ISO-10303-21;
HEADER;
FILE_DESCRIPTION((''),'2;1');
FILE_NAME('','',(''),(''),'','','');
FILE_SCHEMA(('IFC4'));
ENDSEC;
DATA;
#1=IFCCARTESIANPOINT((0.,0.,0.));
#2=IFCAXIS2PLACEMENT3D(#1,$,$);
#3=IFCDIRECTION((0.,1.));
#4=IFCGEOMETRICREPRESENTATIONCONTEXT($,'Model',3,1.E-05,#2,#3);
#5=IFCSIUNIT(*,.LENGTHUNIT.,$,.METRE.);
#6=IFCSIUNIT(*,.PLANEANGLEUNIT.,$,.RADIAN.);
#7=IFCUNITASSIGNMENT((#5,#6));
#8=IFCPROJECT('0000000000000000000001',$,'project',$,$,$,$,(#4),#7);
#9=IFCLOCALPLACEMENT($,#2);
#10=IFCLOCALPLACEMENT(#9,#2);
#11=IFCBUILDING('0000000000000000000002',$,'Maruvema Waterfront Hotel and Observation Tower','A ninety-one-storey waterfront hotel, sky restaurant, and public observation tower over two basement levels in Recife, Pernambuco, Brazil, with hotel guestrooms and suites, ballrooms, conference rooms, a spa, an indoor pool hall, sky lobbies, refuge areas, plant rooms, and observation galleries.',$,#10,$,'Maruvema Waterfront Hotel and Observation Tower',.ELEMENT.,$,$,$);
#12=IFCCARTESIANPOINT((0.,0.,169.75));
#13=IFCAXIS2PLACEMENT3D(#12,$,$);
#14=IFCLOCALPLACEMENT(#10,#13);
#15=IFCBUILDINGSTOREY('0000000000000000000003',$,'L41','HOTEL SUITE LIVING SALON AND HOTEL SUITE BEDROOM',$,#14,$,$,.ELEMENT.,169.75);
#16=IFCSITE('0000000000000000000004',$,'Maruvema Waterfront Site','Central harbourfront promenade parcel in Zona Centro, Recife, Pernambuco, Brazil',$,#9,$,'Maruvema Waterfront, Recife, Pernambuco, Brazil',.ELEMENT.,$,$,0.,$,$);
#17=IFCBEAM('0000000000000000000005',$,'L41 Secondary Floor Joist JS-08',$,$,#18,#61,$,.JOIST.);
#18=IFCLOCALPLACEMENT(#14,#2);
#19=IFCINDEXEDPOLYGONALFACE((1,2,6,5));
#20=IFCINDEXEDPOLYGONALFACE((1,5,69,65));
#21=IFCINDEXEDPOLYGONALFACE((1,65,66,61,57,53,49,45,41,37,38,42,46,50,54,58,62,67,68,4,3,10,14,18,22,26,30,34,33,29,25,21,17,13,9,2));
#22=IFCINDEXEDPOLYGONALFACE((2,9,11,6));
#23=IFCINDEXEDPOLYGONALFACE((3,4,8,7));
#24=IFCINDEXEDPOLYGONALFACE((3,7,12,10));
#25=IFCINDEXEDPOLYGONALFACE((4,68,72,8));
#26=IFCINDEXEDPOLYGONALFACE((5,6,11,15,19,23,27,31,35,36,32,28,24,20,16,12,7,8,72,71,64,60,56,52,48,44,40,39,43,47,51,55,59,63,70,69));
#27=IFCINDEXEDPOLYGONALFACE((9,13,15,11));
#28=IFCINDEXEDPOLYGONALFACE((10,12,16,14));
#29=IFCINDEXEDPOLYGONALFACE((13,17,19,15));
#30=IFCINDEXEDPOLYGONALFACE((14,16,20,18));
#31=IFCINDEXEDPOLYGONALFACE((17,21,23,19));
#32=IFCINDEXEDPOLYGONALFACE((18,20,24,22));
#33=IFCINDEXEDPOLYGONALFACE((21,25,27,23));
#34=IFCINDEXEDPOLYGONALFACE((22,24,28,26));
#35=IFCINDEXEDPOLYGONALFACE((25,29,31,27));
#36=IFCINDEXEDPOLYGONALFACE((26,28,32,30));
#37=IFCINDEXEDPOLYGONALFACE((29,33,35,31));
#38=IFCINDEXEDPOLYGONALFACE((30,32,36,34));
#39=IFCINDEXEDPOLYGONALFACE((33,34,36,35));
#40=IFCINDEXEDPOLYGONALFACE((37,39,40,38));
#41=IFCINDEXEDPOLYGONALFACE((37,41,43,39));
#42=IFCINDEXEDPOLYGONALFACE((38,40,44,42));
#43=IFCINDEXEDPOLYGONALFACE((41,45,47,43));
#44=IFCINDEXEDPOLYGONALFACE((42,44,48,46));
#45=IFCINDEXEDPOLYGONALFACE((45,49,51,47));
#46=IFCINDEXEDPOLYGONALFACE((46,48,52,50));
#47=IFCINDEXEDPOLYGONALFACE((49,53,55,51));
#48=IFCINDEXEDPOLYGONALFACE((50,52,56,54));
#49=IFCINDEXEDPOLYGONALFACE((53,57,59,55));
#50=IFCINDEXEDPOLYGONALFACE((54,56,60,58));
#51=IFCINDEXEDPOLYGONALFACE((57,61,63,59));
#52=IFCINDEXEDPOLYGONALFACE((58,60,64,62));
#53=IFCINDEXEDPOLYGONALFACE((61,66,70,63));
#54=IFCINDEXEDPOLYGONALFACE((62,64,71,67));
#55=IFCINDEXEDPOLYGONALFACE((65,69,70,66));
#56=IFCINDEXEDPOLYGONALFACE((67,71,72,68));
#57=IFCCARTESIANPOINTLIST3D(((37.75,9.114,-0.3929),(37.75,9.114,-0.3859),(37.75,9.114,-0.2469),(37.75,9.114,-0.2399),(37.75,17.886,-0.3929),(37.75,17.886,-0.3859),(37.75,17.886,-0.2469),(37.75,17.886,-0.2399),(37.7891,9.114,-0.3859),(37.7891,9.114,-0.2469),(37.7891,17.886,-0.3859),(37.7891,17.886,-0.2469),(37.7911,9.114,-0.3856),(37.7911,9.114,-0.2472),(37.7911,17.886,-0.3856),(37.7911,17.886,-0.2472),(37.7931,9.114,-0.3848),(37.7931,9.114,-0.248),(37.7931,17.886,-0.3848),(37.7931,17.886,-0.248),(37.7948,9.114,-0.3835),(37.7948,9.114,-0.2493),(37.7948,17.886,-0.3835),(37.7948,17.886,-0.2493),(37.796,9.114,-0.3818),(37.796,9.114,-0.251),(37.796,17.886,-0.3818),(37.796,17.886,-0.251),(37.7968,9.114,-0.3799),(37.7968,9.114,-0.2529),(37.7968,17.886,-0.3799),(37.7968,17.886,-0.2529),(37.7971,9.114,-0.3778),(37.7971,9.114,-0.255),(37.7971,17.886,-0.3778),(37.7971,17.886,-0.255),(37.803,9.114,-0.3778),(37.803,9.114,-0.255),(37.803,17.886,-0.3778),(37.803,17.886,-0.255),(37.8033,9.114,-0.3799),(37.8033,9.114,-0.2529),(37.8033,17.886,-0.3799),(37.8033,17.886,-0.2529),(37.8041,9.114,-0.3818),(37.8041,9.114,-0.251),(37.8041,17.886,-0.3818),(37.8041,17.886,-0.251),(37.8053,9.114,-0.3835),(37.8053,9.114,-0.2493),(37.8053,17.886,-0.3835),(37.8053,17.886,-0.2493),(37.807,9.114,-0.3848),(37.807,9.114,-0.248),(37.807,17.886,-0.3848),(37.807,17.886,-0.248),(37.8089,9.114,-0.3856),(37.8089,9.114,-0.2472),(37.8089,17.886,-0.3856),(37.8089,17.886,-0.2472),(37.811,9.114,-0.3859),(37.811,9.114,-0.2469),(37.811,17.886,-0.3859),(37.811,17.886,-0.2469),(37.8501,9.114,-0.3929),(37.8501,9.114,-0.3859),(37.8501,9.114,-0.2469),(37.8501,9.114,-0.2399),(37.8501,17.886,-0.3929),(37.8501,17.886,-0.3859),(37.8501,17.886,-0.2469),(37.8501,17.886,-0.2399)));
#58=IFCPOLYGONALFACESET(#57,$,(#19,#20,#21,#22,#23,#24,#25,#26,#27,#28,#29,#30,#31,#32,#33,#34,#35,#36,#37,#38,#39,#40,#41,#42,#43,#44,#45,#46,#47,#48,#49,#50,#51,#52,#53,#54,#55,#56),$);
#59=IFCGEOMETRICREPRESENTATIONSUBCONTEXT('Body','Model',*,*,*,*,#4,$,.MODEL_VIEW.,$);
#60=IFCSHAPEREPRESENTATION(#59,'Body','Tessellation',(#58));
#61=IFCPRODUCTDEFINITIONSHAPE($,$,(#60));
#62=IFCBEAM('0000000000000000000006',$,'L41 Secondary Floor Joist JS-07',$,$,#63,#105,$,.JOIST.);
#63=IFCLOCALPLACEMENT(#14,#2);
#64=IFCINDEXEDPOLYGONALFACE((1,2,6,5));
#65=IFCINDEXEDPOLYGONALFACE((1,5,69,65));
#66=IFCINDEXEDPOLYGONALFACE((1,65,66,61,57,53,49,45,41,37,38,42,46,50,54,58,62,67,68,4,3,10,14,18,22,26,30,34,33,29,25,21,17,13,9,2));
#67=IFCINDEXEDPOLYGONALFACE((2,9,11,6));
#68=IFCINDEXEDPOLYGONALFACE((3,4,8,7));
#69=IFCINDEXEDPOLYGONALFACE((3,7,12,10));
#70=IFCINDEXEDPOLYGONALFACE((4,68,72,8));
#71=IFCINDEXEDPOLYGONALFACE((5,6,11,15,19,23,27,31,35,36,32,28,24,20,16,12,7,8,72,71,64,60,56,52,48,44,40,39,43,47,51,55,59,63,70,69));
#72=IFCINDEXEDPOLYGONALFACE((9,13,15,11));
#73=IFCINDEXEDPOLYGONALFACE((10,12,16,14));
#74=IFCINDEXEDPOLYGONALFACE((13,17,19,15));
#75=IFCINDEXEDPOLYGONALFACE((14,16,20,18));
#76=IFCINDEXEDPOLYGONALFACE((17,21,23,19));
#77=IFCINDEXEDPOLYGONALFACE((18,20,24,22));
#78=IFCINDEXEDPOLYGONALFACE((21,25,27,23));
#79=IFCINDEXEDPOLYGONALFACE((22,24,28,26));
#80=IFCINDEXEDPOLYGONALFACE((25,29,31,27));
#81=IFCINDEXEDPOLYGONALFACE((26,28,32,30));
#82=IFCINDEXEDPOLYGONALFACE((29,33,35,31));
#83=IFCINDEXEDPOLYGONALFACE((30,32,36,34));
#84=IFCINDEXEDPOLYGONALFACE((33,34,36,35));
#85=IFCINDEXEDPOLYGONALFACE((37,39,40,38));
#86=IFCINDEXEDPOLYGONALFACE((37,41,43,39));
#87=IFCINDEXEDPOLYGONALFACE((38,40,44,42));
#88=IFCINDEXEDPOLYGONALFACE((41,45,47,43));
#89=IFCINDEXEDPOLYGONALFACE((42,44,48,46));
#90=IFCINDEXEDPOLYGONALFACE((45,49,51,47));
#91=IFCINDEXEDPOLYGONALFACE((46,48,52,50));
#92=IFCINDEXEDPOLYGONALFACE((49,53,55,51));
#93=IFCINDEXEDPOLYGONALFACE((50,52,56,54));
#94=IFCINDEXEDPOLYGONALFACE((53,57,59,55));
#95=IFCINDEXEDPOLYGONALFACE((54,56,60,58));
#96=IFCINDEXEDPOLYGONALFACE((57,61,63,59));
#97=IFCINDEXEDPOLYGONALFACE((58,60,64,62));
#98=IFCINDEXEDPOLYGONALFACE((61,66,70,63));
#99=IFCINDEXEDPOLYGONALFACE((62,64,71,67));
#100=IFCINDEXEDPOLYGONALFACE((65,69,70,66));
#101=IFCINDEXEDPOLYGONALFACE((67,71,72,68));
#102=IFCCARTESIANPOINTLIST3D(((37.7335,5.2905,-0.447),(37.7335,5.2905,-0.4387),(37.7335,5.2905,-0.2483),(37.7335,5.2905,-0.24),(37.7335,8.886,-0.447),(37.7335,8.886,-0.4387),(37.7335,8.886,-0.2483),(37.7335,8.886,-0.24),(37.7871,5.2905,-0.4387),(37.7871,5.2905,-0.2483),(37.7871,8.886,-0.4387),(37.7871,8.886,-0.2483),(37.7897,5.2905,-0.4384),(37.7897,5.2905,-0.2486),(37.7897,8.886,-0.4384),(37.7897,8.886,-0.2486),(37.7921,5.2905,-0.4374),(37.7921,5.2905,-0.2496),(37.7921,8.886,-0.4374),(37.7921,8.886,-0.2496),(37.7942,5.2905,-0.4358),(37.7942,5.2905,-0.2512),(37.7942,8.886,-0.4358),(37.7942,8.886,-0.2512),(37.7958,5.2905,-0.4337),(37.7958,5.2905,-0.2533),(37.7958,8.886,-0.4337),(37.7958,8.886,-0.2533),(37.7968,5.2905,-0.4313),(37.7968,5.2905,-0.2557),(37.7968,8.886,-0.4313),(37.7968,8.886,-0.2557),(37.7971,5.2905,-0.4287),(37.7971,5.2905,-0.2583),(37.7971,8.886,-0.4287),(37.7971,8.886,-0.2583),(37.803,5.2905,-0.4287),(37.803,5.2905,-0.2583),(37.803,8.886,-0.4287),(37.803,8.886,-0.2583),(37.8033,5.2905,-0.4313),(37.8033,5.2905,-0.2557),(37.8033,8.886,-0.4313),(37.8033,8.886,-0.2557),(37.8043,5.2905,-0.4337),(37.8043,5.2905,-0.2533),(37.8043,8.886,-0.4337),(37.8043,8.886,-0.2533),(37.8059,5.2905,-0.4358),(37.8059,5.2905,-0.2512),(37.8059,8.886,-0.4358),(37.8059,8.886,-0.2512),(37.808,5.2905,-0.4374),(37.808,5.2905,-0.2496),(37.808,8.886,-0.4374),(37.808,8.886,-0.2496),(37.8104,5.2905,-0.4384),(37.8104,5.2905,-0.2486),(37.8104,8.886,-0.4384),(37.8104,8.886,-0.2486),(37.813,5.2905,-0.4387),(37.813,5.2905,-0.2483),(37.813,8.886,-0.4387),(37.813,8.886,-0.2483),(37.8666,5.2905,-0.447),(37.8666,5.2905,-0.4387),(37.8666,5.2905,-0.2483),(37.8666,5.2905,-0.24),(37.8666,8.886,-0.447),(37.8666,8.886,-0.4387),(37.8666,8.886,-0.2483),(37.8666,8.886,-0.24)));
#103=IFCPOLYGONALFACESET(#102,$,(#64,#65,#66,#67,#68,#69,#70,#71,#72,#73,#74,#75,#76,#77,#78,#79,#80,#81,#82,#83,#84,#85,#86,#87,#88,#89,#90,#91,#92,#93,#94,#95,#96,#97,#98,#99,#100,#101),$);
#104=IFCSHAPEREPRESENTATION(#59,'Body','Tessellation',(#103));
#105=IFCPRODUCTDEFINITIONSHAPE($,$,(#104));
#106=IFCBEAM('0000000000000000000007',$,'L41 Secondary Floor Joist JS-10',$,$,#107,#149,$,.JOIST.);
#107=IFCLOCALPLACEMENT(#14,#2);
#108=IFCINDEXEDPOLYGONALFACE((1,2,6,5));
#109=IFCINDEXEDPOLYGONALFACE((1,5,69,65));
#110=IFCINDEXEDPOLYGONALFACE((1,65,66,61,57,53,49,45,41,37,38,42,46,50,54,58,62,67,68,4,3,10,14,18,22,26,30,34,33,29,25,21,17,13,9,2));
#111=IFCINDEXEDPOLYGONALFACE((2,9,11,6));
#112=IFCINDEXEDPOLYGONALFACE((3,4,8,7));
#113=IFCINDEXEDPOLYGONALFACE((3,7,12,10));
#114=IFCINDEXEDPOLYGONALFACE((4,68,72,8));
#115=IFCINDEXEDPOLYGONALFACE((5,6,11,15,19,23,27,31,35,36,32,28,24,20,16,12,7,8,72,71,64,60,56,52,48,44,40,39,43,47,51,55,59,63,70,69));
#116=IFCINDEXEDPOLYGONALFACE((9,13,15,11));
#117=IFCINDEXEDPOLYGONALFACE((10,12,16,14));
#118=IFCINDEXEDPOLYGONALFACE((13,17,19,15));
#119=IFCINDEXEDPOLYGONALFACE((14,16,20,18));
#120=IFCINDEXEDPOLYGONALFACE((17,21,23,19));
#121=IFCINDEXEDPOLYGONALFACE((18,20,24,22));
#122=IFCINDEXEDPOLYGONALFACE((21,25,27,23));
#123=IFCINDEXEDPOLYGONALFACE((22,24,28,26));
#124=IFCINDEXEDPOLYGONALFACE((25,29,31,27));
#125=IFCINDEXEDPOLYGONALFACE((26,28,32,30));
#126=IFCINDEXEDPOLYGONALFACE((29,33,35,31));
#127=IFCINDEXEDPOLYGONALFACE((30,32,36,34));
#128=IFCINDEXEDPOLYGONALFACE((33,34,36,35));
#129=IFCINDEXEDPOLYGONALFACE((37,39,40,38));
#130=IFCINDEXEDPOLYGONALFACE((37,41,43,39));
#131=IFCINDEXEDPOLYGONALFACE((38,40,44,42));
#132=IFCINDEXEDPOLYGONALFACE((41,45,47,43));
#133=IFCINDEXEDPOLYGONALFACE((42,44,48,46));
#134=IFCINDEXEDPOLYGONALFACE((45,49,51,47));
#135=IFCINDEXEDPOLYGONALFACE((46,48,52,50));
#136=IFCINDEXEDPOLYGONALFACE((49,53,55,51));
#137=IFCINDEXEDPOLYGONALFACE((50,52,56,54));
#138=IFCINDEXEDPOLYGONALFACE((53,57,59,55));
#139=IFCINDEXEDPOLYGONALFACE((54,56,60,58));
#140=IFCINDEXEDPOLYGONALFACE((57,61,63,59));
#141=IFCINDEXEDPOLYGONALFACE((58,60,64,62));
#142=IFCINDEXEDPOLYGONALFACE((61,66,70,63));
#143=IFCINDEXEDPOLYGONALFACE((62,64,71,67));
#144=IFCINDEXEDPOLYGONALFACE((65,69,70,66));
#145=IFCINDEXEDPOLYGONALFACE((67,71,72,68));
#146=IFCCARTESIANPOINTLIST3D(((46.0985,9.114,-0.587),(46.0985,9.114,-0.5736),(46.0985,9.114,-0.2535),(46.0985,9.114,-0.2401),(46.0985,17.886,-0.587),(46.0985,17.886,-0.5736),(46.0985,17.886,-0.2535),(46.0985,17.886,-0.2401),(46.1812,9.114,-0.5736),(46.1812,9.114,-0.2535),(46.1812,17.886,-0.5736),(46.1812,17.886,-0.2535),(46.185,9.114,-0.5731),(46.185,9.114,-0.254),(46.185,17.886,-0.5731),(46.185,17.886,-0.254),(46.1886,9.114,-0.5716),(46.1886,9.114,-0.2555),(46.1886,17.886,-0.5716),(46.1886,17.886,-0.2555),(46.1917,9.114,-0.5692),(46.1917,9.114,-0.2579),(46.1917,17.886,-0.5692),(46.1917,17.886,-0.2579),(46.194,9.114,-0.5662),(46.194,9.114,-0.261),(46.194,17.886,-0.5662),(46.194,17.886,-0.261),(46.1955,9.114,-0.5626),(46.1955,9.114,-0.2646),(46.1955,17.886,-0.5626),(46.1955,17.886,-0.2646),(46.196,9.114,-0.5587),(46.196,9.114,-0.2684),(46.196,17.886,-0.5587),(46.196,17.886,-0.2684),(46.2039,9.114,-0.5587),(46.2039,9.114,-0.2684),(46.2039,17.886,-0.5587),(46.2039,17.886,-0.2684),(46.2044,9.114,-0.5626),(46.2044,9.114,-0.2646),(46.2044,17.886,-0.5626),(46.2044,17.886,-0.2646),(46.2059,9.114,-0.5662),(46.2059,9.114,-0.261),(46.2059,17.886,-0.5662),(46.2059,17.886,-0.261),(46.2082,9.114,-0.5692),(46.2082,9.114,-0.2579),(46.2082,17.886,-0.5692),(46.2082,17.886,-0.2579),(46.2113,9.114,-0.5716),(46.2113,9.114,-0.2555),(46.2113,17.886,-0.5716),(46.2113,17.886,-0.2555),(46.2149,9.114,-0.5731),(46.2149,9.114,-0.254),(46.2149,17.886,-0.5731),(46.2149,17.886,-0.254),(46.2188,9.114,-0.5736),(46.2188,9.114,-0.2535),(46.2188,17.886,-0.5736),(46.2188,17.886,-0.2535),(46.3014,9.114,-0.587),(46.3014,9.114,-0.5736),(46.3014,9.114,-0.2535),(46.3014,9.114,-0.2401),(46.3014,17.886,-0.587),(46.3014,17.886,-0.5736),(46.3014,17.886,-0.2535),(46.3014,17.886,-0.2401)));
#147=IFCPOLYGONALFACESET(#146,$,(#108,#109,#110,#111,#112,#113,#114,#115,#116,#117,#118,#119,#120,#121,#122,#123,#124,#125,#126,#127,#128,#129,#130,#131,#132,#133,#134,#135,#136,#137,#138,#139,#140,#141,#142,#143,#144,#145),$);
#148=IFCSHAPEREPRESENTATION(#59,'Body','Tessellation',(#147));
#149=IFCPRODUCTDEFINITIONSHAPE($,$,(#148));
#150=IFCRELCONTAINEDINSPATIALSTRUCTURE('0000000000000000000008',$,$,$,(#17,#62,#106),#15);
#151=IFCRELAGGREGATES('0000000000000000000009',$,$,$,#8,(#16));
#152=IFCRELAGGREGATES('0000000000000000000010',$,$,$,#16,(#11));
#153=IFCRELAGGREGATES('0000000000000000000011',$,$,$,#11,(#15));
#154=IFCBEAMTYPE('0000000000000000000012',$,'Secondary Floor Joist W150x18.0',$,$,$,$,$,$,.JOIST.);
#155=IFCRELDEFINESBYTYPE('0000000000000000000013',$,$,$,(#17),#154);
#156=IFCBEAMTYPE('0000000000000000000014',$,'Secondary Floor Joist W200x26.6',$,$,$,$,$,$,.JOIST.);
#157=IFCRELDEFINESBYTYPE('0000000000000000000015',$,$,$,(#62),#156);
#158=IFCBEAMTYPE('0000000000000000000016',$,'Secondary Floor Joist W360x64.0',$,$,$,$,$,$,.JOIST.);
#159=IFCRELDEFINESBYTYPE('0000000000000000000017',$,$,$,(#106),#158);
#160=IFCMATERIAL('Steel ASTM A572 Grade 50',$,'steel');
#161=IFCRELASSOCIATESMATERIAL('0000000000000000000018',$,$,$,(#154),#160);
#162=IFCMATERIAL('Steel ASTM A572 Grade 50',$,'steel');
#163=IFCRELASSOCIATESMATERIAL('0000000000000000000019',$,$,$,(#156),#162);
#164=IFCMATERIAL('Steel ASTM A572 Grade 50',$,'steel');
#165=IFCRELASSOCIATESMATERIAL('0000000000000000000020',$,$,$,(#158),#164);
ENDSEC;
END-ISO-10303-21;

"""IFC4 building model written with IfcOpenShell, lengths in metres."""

from ifc_helpers import new_model, si_unit, direction, frame, origin, origin_2d, place, context, subcontext, project, spatial, i_section, extrude, material, material_profile, profile_set, type_object, element, save


model = new_model("IFC4")

# Units and contexts
model_context = context("Model", 3, precision=1e-05, world=origin(), true_north=direction((0.0, 1.0)))
body_context = subcontext(model_context, "Body", "Model", "MODEL_VIEW")
ifc_project = project(units=[si_unit("LENGTHUNIT", "METRE"), si_unit("PLANEANGLEUNIT", "RADIAN")], contexts=[model_context])

# Site, building, storey
site_placement = place(None, origin())
site = spatial("IfcSite", under=ifc_project, at=site_placement, Name="Maruvema Waterfront Site", Description="Central harbourfront promenade parcel in Zona Centro, Recife, Pernambuco, Brazil", LongName="Maruvema Waterfront, Recife, Pernambuco, Brazil", CompositionType="ELEMENT", RefElevation=0.0)
building_placement = place(site_placement, origin())
building = spatial("IfcBuilding", under=site, at=building_placement, Name="Maruvema Waterfront Hotel and Observation Tower", Description="A ninety-one-storey waterfront hotel, sky restaurant, and public observation tower over two basement levels in Recife, Pernambuco, Brazil, with hotel guestrooms and suites, ballrooms, conference rooms, a spa, an indoor pool hall, sky lobbies, refuge areas, plant rooms, and observation galleries.", LongName="Maruvema Waterfront Hotel and Observation Tower", CompositionType="ELEMENT")
storey_placement = place(building_placement, frame((0.0, 0.0, 169.75)))
storey = spatial("IfcBuildingStorey", under=building, at=storey_placement, Name="L41", Description="HOTEL SUITE LIVING SALON AND HOTEL SUITE BEDROOM", CompositionType="ELEMENT", Elevation=169.75)

# Beams
ifc_material_1 = material(Name="Steel ASTM A572 Grade 50", Category="steel")
ifc_material_profile_1 = material_profile(ifc_material_1, i_section(OverallWidth=0.1001, OverallDepth=0.1531, WebThickness=0.0059, FlangeThickness=0.0071, FilletRadius=0.0081, at=origin_2d()), Name="W150x18.0")
ifc_profile_set_1 = profile_set([ifc_material_profile_1], Name="Steel ASTM A572 Grade 50")
beam_type_1 = type_object("IfcBeamType", Name="Secondary Floor Joist W150x18.0", PredefinedType="JOIST", material=ifc_profile_set_1)
beam_1_placement = place(storey_placement, frame((37.8, 9.114, -0.3164), z_axis=(0.0, 1.0, 0.0), x_axis=(-1.0, 0.0, 0.0)))
element("IfcBeam", 1, at=beam_1_placement, inside=storey, type_object=beam_type_1, Name="L41 Secondary Floor Joist JS-08", PredefinedType="JOIST", context=body_context, shape_type="SweptSolid", body=[
    extrude(i_section(OverallWidth=0.1001, OverallDepth=0.1531, WebThickness=0.0059, FlangeThickness=0.0071, FilletRadius=0.0081, at=origin_2d()), origin(), (0.0, 0.0, 1.0), 8.772),
])
ifc_material_2 = material(Name="Steel ASTM A572 Grade 50", Category="steel")
ifc_material_profile_2 = material_profile(ifc_material_2, i_section(OverallWidth=0.1331, OverallDepth=0.207, WebThickness=0.0059, FlangeThickness=0.0083, FilletRadius=0.01, at=origin_2d()), Name="W200x26.6")
ifc_profile_set_2 = profile_set([ifc_material_profile_2], Name="Steel ASTM A572 Grade 50")
beam_type_2 = type_object("IfcBeamType", Name="Secondary Floor Joist W200x26.6", PredefinedType="JOIST", material=ifc_profile_set_2)
beam_2_placement = place(storey_placement, frame((37.8, 5.2905, -0.3435), z_axis=(0.0, 1.0, 0.0), x_axis=(-1.0, 0.0, 0.0)))
element("IfcBeam", 2, at=beam_2_placement, inside=storey, type_object=beam_type_2, Name="L41 Secondary Floor Joist JS-07", PredefinedType="JOIST", context=body_context, shape_type="SweptSolid", body=[
    extrude(i_section(OverallWidth=0.1331, OverallDepth=0.207, WebThickness=0.0059, FlangeThickness=0.0083, FilletRadius=0.01, at=origin_2d()), origin(), (0.0, 0.0, 1.0), 3.5955),
])
ifc_material_3 = material(Name="Steel ASTM A572 Grade 50", Category="steel")
ifc_material_profile_3 = material_profile(ifc_material_3, i_section(OverallWidth=0.2029, OverallDepth=0.3469, WebThickness=0.0078, FlangeThickness=0.0134, FilletRadius=0.0149, at=origin_2d()), Name="W360x64.0")
ifc_profile_set_3 = profile_set([ifc_material_profile_3], Name="Steel ASTM A572 Grade 50")
beam_type_3 = type_object("IfcBeamType", Name="Secondary Floor Joist W360x64.0", PredefinedType="JOIST", material=ifc_profile_set_3)
beam_3_placement = place(storey_placement, frame((46.2, 9.114, -0.4136), z_axis=(0.0, 1.0, 0.0), x_axis=(-1.0, 0.0, 0.0)))
element("IfcBeam", 3, at=beam_3_placement, inside=storey, type_object=beam_type_3, Name="L41 Secondary Floor Joist JS-10", PredefinedType="JOIST", context=body_context, shape_type="SweptSolid", body=[
    extrude(i_section(OverallWidth=0.2029, OverallDepth=0.3469, WebThickness=0.0078, FlangeThickness=0.0134, FilletRadius=0.0149, at=origin_2d()), origin(), (0.0, 0.0, 1.0), 8.772),
])

save(model, "model.ifc")
